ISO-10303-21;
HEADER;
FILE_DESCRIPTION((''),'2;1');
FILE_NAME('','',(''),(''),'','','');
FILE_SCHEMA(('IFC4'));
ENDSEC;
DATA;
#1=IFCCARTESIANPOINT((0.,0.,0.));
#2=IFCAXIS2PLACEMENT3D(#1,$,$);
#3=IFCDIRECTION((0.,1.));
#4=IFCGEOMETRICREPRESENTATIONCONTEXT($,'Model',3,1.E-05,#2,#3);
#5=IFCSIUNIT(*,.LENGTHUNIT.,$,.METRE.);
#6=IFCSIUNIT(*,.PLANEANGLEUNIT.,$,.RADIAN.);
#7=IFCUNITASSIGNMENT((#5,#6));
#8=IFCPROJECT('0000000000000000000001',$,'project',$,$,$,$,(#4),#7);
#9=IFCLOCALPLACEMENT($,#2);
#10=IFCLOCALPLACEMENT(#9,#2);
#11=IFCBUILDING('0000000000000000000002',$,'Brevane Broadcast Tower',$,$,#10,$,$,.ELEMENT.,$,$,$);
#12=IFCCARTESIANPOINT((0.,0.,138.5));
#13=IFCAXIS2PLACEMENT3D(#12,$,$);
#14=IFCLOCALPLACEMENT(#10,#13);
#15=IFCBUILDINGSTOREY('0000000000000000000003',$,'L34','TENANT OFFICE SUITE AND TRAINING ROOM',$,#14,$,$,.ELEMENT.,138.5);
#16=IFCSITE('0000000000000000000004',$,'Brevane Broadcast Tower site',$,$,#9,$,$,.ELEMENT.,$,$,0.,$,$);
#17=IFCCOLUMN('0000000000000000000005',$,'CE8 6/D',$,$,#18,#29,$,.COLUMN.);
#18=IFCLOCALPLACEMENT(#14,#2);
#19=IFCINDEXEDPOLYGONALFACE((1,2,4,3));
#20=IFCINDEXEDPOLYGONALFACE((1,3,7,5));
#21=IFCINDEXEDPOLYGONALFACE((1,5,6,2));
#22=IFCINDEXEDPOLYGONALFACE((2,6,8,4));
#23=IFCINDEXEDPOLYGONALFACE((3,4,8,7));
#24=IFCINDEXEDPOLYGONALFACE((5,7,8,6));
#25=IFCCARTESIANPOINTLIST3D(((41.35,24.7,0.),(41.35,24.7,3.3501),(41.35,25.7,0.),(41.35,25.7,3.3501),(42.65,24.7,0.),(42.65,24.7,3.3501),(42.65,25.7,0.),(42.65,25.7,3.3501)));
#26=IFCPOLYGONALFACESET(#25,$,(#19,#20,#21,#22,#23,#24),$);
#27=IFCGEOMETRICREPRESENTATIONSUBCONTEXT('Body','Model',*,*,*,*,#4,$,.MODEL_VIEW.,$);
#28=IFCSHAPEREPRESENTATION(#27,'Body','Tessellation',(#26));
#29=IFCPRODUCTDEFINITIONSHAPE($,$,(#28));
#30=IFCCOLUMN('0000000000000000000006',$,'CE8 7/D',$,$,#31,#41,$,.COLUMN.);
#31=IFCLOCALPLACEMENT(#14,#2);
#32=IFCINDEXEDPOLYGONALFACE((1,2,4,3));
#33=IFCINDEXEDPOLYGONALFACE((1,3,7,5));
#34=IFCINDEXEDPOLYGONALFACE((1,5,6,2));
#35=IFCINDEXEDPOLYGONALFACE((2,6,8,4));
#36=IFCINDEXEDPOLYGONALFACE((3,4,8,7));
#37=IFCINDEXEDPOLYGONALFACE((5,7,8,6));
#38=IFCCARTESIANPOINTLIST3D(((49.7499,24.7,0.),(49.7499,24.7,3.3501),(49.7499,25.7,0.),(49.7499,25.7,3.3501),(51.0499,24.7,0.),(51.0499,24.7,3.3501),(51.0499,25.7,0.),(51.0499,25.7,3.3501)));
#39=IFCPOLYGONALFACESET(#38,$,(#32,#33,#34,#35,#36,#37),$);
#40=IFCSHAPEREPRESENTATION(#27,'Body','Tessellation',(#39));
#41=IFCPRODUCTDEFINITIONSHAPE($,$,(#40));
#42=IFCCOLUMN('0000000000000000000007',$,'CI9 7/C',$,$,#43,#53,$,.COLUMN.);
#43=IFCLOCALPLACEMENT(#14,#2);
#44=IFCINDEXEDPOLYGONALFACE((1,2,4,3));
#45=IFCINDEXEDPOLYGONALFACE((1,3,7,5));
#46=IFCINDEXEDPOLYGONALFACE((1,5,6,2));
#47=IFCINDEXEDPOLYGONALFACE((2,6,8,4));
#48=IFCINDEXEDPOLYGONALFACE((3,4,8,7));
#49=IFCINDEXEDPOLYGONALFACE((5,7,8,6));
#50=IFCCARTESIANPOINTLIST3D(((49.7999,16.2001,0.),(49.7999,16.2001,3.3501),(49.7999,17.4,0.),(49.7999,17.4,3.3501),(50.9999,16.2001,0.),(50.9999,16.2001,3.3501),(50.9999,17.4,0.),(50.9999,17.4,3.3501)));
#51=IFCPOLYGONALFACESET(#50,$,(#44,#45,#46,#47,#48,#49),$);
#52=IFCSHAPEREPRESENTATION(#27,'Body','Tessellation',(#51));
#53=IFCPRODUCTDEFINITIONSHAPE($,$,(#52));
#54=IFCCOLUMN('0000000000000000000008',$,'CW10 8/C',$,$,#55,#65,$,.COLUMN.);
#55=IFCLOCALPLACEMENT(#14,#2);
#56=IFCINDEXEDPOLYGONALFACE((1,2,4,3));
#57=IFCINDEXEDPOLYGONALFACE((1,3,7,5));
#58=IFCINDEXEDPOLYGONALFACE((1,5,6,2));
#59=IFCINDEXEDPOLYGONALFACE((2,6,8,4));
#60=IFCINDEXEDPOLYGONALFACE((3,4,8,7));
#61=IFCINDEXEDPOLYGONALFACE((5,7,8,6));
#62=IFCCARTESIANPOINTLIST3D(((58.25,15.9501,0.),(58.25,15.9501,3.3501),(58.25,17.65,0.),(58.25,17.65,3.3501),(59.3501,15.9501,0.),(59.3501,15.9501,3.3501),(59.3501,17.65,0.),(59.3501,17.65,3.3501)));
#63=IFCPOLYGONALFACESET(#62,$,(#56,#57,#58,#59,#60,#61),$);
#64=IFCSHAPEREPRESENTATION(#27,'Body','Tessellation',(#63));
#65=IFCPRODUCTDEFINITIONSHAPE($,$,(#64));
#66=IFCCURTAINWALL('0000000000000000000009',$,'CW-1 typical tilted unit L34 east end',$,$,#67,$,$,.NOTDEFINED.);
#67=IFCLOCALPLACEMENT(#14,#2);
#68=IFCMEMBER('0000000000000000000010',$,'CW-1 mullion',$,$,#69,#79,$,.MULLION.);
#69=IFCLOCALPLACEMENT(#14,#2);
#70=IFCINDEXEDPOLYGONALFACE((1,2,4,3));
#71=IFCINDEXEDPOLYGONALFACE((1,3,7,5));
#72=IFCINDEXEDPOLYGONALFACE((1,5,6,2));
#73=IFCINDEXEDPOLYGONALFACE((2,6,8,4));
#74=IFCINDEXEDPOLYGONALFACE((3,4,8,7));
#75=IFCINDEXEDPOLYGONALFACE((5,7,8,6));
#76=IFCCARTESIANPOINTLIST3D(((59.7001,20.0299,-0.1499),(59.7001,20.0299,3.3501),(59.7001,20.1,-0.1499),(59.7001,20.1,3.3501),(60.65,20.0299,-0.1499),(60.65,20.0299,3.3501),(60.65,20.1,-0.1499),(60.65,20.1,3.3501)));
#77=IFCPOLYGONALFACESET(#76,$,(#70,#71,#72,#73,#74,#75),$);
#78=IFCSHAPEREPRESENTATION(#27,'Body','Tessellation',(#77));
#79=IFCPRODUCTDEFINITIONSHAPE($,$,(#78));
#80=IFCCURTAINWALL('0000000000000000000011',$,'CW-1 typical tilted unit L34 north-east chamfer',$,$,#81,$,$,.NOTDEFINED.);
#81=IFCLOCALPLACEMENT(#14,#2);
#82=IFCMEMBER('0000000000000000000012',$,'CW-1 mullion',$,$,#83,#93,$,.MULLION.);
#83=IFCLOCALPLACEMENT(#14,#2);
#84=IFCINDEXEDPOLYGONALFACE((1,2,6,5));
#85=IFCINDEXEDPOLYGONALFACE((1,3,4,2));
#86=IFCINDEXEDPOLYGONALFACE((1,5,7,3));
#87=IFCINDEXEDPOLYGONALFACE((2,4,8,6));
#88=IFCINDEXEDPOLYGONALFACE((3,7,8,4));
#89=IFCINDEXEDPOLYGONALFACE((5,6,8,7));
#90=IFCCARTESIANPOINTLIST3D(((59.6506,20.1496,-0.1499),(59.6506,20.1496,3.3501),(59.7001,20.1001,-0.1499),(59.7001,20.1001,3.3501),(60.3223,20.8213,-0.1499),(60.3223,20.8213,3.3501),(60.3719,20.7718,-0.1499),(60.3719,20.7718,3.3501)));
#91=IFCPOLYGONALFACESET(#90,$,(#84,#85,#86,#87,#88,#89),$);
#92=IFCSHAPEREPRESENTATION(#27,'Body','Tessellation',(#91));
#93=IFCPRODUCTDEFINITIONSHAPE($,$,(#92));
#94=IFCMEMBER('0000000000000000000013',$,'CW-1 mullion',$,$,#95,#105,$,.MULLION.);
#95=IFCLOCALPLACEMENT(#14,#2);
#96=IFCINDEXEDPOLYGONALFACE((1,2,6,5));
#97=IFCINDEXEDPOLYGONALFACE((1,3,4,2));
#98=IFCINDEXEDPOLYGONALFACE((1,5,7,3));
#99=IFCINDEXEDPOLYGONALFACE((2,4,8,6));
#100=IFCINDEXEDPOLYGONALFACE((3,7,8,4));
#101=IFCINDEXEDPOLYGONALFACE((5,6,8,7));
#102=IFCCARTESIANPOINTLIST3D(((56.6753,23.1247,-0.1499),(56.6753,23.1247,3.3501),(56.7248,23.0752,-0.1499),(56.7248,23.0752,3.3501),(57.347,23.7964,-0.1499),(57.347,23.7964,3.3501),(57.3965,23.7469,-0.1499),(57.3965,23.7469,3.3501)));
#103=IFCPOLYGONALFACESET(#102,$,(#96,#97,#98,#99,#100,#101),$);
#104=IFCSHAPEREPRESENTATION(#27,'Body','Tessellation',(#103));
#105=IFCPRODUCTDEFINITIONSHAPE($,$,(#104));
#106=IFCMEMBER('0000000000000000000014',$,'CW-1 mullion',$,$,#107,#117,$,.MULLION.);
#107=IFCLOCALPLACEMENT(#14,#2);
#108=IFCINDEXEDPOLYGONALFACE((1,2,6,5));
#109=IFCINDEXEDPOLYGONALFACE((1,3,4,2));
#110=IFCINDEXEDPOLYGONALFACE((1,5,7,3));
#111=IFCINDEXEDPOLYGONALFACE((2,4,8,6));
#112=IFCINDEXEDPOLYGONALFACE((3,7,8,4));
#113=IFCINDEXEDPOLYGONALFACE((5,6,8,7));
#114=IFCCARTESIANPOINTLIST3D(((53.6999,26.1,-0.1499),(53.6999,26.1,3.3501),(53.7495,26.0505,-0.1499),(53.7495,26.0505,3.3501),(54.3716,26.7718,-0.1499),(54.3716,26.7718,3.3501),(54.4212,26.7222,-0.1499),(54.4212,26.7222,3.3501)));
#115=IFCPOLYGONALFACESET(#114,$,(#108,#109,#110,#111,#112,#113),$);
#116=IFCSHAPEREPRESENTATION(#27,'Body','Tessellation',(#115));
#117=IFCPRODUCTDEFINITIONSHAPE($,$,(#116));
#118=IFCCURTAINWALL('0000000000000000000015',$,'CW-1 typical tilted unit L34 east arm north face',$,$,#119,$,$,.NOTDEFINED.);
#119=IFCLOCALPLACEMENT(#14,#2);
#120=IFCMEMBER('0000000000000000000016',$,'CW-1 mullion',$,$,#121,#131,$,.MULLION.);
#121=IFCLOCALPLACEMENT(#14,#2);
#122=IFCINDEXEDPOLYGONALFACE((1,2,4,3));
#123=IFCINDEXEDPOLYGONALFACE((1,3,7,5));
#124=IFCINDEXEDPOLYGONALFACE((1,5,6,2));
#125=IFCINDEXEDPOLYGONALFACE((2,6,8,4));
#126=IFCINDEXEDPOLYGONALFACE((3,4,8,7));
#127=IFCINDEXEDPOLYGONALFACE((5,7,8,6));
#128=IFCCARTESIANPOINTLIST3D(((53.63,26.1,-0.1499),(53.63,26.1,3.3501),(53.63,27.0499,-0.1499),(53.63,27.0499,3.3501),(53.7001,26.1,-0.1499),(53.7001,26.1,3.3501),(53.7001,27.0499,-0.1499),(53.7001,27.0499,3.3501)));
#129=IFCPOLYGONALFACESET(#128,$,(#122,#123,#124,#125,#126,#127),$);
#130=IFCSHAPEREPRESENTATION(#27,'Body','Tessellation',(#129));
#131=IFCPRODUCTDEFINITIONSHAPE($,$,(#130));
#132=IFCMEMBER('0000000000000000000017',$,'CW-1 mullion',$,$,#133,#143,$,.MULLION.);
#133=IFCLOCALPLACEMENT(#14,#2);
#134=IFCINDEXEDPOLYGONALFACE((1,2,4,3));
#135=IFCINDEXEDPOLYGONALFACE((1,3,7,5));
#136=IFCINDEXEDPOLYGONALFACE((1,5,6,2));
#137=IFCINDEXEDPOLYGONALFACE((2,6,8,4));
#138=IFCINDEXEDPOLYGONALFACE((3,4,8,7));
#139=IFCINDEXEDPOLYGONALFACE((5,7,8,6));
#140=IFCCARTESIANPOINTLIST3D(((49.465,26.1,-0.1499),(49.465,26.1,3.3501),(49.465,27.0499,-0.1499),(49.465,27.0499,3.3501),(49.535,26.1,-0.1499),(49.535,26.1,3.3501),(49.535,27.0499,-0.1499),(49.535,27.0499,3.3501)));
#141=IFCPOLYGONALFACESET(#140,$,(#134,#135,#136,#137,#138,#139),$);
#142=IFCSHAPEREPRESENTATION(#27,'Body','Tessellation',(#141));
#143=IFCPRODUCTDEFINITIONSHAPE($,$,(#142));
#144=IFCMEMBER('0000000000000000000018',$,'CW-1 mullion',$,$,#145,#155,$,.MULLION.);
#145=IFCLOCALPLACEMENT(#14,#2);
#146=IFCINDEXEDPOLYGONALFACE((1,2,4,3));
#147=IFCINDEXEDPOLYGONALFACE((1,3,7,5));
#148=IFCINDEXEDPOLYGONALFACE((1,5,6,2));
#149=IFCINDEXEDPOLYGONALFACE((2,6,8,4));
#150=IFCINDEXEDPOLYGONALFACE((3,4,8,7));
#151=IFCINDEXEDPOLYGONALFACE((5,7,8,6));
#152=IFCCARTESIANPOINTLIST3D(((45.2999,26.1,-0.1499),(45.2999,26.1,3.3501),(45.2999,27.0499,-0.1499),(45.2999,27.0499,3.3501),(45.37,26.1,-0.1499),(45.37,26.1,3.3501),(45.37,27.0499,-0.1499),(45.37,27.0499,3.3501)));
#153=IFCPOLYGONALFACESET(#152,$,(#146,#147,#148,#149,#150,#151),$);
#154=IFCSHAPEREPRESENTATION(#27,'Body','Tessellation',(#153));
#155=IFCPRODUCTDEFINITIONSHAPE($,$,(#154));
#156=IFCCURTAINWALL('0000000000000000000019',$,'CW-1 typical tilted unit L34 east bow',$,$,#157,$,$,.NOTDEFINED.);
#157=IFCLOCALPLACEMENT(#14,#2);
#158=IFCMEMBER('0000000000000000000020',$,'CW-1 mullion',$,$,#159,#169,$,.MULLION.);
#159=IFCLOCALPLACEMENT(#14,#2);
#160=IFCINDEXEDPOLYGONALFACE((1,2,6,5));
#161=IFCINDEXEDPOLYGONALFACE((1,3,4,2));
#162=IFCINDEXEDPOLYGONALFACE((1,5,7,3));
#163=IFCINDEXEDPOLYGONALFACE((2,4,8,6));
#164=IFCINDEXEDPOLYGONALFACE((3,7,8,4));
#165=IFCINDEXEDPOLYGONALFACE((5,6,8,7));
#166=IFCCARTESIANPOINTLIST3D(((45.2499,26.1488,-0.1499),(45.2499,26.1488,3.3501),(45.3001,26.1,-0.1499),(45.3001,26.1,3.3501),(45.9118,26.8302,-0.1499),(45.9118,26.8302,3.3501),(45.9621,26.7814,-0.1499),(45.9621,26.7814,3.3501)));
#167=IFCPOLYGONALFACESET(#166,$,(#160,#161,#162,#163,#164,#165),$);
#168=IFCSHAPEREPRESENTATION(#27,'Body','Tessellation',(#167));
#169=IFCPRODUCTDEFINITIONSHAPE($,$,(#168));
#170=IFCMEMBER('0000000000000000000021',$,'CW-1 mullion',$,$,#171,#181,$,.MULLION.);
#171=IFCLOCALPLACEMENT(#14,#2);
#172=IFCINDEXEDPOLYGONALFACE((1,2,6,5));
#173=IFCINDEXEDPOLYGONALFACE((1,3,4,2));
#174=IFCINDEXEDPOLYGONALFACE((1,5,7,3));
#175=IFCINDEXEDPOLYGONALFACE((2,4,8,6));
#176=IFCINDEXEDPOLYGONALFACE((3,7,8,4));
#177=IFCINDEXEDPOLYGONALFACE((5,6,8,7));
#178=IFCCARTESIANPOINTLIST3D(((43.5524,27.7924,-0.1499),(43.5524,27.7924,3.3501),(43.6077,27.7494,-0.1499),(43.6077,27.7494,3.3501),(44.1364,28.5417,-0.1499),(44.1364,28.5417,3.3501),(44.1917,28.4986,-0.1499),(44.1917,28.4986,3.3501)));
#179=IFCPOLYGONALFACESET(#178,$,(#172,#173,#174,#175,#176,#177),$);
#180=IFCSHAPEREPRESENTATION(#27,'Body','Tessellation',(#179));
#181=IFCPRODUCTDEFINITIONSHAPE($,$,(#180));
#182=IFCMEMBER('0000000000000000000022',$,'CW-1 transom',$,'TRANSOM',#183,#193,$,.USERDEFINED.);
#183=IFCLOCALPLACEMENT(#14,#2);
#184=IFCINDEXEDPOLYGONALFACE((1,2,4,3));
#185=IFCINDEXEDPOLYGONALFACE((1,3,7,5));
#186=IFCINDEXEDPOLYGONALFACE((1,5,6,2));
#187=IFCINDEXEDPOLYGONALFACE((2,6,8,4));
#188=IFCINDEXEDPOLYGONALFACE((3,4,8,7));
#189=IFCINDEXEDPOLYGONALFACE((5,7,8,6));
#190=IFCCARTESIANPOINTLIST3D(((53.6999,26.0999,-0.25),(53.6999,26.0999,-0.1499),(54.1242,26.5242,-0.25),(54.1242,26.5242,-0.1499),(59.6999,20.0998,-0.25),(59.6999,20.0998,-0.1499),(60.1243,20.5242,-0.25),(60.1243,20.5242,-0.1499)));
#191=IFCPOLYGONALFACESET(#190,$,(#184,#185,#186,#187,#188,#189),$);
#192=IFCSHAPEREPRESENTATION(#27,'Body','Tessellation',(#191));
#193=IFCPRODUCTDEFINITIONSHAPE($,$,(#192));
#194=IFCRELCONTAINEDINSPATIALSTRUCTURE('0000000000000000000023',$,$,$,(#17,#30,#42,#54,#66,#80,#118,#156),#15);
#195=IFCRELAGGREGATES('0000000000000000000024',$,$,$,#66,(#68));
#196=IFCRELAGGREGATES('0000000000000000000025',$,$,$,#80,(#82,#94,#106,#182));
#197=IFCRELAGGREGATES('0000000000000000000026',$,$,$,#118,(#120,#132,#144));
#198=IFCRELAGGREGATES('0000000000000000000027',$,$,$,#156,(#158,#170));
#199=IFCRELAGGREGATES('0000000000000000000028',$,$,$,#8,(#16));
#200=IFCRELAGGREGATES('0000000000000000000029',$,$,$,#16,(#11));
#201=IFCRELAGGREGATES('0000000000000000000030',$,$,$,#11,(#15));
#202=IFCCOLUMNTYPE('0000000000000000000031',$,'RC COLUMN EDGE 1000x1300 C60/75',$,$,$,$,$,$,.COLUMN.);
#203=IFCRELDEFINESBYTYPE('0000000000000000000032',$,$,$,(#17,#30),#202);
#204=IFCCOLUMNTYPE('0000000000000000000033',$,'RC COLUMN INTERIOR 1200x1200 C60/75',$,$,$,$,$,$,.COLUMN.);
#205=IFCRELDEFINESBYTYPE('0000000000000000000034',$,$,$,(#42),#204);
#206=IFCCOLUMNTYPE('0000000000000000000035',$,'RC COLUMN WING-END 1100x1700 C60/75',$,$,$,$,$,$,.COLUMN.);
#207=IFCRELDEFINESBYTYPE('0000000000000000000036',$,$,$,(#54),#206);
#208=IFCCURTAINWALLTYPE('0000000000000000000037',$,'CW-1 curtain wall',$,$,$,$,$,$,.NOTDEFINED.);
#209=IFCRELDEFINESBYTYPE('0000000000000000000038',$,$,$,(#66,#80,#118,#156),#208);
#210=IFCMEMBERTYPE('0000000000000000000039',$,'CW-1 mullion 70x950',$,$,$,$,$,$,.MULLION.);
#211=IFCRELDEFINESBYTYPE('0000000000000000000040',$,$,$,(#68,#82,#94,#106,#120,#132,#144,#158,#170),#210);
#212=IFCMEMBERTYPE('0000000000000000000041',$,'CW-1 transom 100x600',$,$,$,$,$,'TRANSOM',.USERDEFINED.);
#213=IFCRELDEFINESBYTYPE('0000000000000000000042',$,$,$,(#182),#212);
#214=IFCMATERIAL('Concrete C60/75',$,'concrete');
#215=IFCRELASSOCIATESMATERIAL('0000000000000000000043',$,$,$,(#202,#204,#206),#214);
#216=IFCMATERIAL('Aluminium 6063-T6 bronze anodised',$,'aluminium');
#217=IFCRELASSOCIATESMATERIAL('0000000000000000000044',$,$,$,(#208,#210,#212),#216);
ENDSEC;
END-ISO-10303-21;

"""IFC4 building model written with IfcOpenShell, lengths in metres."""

from ifc_helpers import new_model, si_unit, direction, frame, origin, origin_2d, place, context, subcontext, project, spatial, rectangle, extrude, material, material_profile, profile_set, type_object, element, aggregate, save


model = new_model("IFC4")

# Units and contexts
model_context = context("Model", 3, precision=1e-05, world=origin(), true_north=direction((0.0, 1.0)))
body_context = subcontext(model_context, "Body", "Model", "MODEL_VIEW")
ifc_project = project(units=[si_unit("LENGTHUNIT", "METRE"), si_unit("PLANEANGLEUNIT", "RADIAN")], contexts=[model_context])

# Site, building, storey
site_placement = place(None, origin())
site = spatial("IfcSite", under=ifc_project, at=site_placement, Name="Brevane Broadcast Tower site", CompositionType="ELEMENT", RefElevation=0.0)
building_placement = place(site_placement, origin())
building = spatial("IfcBuilding", under=site, at=building_placement, Name="Brevane Broadcast Tower", CompositionType="ELEMENT")
storey_placement = place(building_placement, frame((0.0, 0.0, 138.5)))
storey = spatial("IfcBuildingStorey", under=building, at=storey_placement, Name="L34", Description="TENANT OFFICE SUITE AND TRAINING ROOM", CompositionType="ELEMENT", Elevation=138.5)

# Columns
ifc_material_1 = material(Name="Concrete C60/75", Category="concrete")
ifc_material_profile_1 = material_profile(ifc_material_1, rectangle(XDim=1.0, YDim=1.3, at=origin_2d()), Name="RC 1000x1300")
ifc_profile_set_1 = profile_set([ifc_material_profile_1], Name="Concrete C60/75")
column_type_1 = type_object("IfcColumnType", Name="RC COLUMN EDGE 1000x1300 C60/75", PredefinedType="COLUMN", material=ifc_profile_set_1)
for number, where, z_axis, x_axis, name in (
    (1, (42.0, 25.2, 0.0), (0.0, 0.0, 1.0), (0.0, 1.0, 0.0), "CE8 6/D"),
    (2, (50.3999, 25.2, 0.0), (0.0, 0.0, 1.0), (0.0, 1.0, 0.0), "CE8 7/D"),
):
    element("IfcColumn", number, at=place(storey_placement, frame(where, z_axis=z_axis, x_axis=x_axis)), inside=storey, type_object=column_type_1, Name=name, PredefinedType="COLUMN", context=body_context, shape_type="SweptSolid", body=[
        extrude(rectangle(XDim=1.0, YDim=1.3, at=origin_2d()), origin(), (0.0, 0.0, 1.0), 3.3501),
    ])
ifc_material_profile_2 = material_profile(ifc_material_1, rectangle(XDim=1.2, YDim=1.2, at=origin_2d()), Name="RC 1200x1200")
ifc_profile_set_2 = profile_set([ifc_material_profile_2], Name="Concrete C60/75")
column_type_2 = type_object("IfcColumnType", Name="RC COLUMN INTERIOR 1200x1200 C60/75", PredefinedType="COLUMN", material=ifc_profile_set_2)
column_1_placement = place(storey_placement, frame((50.3999, 16.8, 0.0), z_axis=(0.0, 0.0, 1.0), x_axis=(1.0, 0.0, 0.0)))
element("IfcColumn", 3, at=column_1_placement, inside=storey, type_object=column_type_2, Name="CI9 7/C", PredefinedType="COLUMN", context=body_context, shape_type="SweptSolid", body=[
    extrude(rectangle(XDim=1.2, YDim=1.2, at=origin_2d()), origin(), (0.0, 0.0, 1.0), 3.3501),
])
ifc_material_profile_3 = material_profile(ifc_material_1, rectangle(XDim=1.1001, YDim=1.7, at=origin_2d()), Name="RC 1100x1700")
ifc_profile_set_3 = profile_set([ifc_material_profile_3], Name="Concrete C60/75")
column_type_3 = type_object("IfcColumnType", Name="RC COLUMN WING-END 1100x1700 C60/75", PredefinedType="COLUMN", material=ifc_profile_set_3)
column_2_placement = place(storey_placement, frame((58.8, 16.8, 0.0), z_axis=(0.0, 0.0, 1.0), x_axis=(1.0, 0.0, 0.0)))
element("IfcColumn", 4, at=column_2_placement, inside=storey, type_object=column_type_3, Name="CW10 8/C", PredefinedType="COLUMN", context=body_context, shape_type="SweptSolid", body=[
    extrude(rectangle(XDim=1.1001, YDim=1.7, at=origin_2d()), origin(), (0.0, 0.0, 1.0), 3.3501),
])

# Curtain wall, member
ifc_material_2 = material(Name="Aluminium 6063-T6 bronze anodised", Category="aluminium")
curtain_wall_type = type_object("IfcCurtainWallType", Name="CW-1 curtain wall", PredefinedType="NOTDEFINED", material=ifc_material_2)
curtain_wall_1_placement = place(storey_placement, origin())
curtain_wall_1 = element("IfcCurtainWall", 5, at=curtain_wall_1_placement, inside=storey, type_object=curtain_wall_type, Name="CW-1 typical tilted unit L34 east end", PredefinedType="NOTDEFINED")
ifc_material_profile_4 = material_profile(ifc_material_2, rectangle(XDim=0.95, YDim=0.0701, at=origin_2d()), Name="RECT 70x950")
ifc_profile_set_4 = profile_set([ifc_material_profile_4], Name="Aluminium 6063-T6 bronze anodised")
member_type_1 = type_object("IfcMemberType", Name="CW-1 mullion 70x950", PredefinedType="MULLION", material=ifc_profile_set_4)
member_1_placement = place(storey_placement, frame((60.175, 20.0649, -0.1499), z_axis=(0.0, 0.0, 1.0), x_axis=(-1.0, 0.0, 0.0)))
member_1 = element("IfcMember", 6, at=member_1_placement, type_object=member_type_1, Name="CW-1 mullion", PredefinedType="MULLION", context=body_context, shape_type="SweptSolid", body=[
    extrude(rectangle(XDim=0.95, YDim=0.0701, at=origin_2d()), origin(), (0.0, 0.0, 1.0), 3.5),
])
aggregate(curtain_wall_1, [member_1])

# Curtain walls, members
curtain_wall_2_placement = place(storey_placement, origin())
curtain_wall_2 = element("IfcCurtainWall", 7, at=curtain_wall_2_placement, inside=storey, type_object=curtain_wall_type, Name="CW-1 typical tilted unit L34 north-east chamfer", PredefinedType="NOTDEFINED")
member_2_placement = place(storey_placement, frame((60.0112, 20.4607, -0.1499), z_axis=(0.0, 0.0, 1.0), x_axis=(-0.707107, -0.707107, 0.0)))
member_2 = element("IfcMember", 8, at=member_2_placement, type_object=member_type_1, Name="CW-1 mullion", PredefinedType="MULLION", context=body_context, shape_type="SweptSolid", body=[
    extrude(rectangle(XDim=0.95, YDim=0.0701, at=origin_2d()), origin(), (0.0, 0.0, 1.0), 3.5),
])
member_3_placement = place(storey_placement, frame((57.0359, 23.4358, -0.1499), z_axis=(0.0, 0.0, 1.0), x_axis=(-0.707107, -0.707107, 0.0)))
member_3 = element("IfcMember", 9, at=member_3_placement, type_object=member_type_1, Name="CW-1 mullion", PredefinedType="MULLION", context=body_context, shape_type="SweptSolid", body=[
    extrude(rectangle(XDim=0.95, YDim=0.0701, at=origin_2d()), origin(), (0.0, 0.0, 1.0), 3.5),
])
member_4_placement = place(storey_placement, frame((54.0605, 26.4111, -0.1499), z_axis=(0.0, 0.0, 1.0), x_axis=(-0.707107, -0.707107, 0.0)))
member_4 = element("IfcMember", 10, at=member_4_placement, type_object=member_type_1, Name="CW-1 mullion", PredefinedType="MULLION", context=body_context, shape_type="SweptSolid", body=[
    extrude(rectangle(XDim=0.95, YDim=0.0701, at=origin_2d()), origin(), (0.0, 0.0, 1.0), 3.5),
])
curtain_wall_3_placement = place(storey_placement, origin())
curtain_wall_3 = element("IfcCurtainWall", 11, at=curtain_wall_3_placement, inside=storey, type_object=curtain_wall_type, Name="CW-1 typical tilted unit L34 east arm north face", PredefinedType="NOTDEFINED")
member_5_placement = place(storey_placement, frame((53.665, 26.575, -0.1499), z_axis=(0.0, 0.0, 1.0), x_axis=(0.0, -1.0, 0.0)))
member_5 = element("IfcMember", 12, at=member_5_placement, type_object=member_type_1, Name="CW-1 mullion", PredefinedType="MULLION", context=body_context, shape_type="SweptSolid", body=[
    extrude(rectangle(XDim=0.95, YDim=0.0701, at=origin_2d()), origin(), (0.0, 0.0, 1.0), 3.5),
])
member_6_placement = place(storey_placement, frame((49.5, 26.575, -0.1499), z_axis=(0.0, 0.0, 1.0), x_axis=(0.0, -1.0, 0.0)))
member_6 = element("IfcMember", 13, at=member_6_placement, type_object=member_type_1, Name="CW-1 mullion", PredefinedType="MULLION", context=body_context, shape_type="SweptSolid", body=[
    extrude(rectangle(XDim=0.95, YDim=0.0701, at=origin_2d()), origin(), (0.0, 0.0, 1.0), 3.5),
])
member_7_placement = place(storey_placement, frame((45.335, 26.575, -0.1499), z_axis=(0.0, 0.0, 1.0), x_axis=(0.0, -1.0, 0.0)))
member_7 = element("IfcMember", 14, at=member_7_placement, type_object=member_type_1, Name="CW-1 mullion", PredefinedType="MULLION", context=body_context, shape_type="SweptSolid", body=[
    extrude(rectangle(XDim=0.95, YDim=0.0701, at=origin_2d()), origin(), (0.0, 0.0, 1.0), 3.5),
])
curtain_wall_4_placement = place(storey_placement, origin())
curtain_wall_4 = element("IfcCurtainWall", 15, at=curtain_wall_4_placement, inside=storey, type_object=curtain_wall_type, Name="CW-1 typical tilted unit L34 east bow", PredefinedType="NOTDEFINED")
member_8_placement = place(storey_placement, frame((45.606, 26.4651, -0.1499), z_axis=(0.0, 0.0, 1.0), x_axis=(-0.696812, -0.717254, 0.0)))
member_8 = element("IfcMember", 16, at=member_8_placement, type_object=member_type_1, Name="CW-1 mullion", PredefinedType="MULLION", context=body_context, shape_type="SweptSolid", body=[
    extrude(rectangle(XDim=0.95, YDim=0.0701, at=origin_2d()), origin(), (0.0, 0.0, 1.0), 3.5),
])
member_9_placement = place(storey_placement, frame((43.8721, 28.1455, -0.1499), z_axis=(0.0, 0.0, 1.0), x_axis=(-0.61477, -0.788707, 0.0)))
member_9 = element("IfcMember", 17, at=member_9_placement, type_object=member_type_1, Name="CW-1 mullion", PredefinedType="MULLION", context=body_context, shape_type="SweptSolid", body=[
    extrude(rectangle(XDim=0.95, YDim=0.0701, at=origin_2d()), origin(), (0.0, 0.0, 1.0), 3.5),
])

# Member
ifc_material_profile_5 = material_profile(ifc_material_2, rectangle(XDim=0.6001, YDim=0.1001, at=origin_2d()), Name="RECT 100x600")
ifc_profile_set_5 = profile_set([ifc_material_profile_5], Name="Aluminium 6063-T6 bronze anodised")
member_type_2 = type_object("IfcMemberType", Name="CW-1 transom 100x600", ElementType="TRANSOM", PredefinedType="USERDEFINED", material=ifc_profile_set_5)
member_10_placement = place(storey_placement, frame((59.9121, 20.312, -0.2), z_axis=(-0.707107, 0.707107, 0.0), x_axis=(-0.707107, -0.707107, 0.0)))
member_10 = element("IfcMember", 18, at=member_10_placement, type_object=member_type_2, Name="CW-1 transom", ObjectType="TRANSOM", PredefinedType="USERDEFINED", context=body_context, shape_type="SweptSolid", body=[
    extrude(rectangle(XDim=0.6001, YDim=0.1001, at=origin_2d()), origin(), (0.0, 0.0, 1.0), 8.4854),
])
aggregate(curtain_wall_2, [member_2, member_3, member_4, member_10])
aggregate(curtain_wall_3, [member_5, member_6, member_7])
aggregate(curtain_wall_4, [member_8, member_9])

save(model, "model.ifc")
